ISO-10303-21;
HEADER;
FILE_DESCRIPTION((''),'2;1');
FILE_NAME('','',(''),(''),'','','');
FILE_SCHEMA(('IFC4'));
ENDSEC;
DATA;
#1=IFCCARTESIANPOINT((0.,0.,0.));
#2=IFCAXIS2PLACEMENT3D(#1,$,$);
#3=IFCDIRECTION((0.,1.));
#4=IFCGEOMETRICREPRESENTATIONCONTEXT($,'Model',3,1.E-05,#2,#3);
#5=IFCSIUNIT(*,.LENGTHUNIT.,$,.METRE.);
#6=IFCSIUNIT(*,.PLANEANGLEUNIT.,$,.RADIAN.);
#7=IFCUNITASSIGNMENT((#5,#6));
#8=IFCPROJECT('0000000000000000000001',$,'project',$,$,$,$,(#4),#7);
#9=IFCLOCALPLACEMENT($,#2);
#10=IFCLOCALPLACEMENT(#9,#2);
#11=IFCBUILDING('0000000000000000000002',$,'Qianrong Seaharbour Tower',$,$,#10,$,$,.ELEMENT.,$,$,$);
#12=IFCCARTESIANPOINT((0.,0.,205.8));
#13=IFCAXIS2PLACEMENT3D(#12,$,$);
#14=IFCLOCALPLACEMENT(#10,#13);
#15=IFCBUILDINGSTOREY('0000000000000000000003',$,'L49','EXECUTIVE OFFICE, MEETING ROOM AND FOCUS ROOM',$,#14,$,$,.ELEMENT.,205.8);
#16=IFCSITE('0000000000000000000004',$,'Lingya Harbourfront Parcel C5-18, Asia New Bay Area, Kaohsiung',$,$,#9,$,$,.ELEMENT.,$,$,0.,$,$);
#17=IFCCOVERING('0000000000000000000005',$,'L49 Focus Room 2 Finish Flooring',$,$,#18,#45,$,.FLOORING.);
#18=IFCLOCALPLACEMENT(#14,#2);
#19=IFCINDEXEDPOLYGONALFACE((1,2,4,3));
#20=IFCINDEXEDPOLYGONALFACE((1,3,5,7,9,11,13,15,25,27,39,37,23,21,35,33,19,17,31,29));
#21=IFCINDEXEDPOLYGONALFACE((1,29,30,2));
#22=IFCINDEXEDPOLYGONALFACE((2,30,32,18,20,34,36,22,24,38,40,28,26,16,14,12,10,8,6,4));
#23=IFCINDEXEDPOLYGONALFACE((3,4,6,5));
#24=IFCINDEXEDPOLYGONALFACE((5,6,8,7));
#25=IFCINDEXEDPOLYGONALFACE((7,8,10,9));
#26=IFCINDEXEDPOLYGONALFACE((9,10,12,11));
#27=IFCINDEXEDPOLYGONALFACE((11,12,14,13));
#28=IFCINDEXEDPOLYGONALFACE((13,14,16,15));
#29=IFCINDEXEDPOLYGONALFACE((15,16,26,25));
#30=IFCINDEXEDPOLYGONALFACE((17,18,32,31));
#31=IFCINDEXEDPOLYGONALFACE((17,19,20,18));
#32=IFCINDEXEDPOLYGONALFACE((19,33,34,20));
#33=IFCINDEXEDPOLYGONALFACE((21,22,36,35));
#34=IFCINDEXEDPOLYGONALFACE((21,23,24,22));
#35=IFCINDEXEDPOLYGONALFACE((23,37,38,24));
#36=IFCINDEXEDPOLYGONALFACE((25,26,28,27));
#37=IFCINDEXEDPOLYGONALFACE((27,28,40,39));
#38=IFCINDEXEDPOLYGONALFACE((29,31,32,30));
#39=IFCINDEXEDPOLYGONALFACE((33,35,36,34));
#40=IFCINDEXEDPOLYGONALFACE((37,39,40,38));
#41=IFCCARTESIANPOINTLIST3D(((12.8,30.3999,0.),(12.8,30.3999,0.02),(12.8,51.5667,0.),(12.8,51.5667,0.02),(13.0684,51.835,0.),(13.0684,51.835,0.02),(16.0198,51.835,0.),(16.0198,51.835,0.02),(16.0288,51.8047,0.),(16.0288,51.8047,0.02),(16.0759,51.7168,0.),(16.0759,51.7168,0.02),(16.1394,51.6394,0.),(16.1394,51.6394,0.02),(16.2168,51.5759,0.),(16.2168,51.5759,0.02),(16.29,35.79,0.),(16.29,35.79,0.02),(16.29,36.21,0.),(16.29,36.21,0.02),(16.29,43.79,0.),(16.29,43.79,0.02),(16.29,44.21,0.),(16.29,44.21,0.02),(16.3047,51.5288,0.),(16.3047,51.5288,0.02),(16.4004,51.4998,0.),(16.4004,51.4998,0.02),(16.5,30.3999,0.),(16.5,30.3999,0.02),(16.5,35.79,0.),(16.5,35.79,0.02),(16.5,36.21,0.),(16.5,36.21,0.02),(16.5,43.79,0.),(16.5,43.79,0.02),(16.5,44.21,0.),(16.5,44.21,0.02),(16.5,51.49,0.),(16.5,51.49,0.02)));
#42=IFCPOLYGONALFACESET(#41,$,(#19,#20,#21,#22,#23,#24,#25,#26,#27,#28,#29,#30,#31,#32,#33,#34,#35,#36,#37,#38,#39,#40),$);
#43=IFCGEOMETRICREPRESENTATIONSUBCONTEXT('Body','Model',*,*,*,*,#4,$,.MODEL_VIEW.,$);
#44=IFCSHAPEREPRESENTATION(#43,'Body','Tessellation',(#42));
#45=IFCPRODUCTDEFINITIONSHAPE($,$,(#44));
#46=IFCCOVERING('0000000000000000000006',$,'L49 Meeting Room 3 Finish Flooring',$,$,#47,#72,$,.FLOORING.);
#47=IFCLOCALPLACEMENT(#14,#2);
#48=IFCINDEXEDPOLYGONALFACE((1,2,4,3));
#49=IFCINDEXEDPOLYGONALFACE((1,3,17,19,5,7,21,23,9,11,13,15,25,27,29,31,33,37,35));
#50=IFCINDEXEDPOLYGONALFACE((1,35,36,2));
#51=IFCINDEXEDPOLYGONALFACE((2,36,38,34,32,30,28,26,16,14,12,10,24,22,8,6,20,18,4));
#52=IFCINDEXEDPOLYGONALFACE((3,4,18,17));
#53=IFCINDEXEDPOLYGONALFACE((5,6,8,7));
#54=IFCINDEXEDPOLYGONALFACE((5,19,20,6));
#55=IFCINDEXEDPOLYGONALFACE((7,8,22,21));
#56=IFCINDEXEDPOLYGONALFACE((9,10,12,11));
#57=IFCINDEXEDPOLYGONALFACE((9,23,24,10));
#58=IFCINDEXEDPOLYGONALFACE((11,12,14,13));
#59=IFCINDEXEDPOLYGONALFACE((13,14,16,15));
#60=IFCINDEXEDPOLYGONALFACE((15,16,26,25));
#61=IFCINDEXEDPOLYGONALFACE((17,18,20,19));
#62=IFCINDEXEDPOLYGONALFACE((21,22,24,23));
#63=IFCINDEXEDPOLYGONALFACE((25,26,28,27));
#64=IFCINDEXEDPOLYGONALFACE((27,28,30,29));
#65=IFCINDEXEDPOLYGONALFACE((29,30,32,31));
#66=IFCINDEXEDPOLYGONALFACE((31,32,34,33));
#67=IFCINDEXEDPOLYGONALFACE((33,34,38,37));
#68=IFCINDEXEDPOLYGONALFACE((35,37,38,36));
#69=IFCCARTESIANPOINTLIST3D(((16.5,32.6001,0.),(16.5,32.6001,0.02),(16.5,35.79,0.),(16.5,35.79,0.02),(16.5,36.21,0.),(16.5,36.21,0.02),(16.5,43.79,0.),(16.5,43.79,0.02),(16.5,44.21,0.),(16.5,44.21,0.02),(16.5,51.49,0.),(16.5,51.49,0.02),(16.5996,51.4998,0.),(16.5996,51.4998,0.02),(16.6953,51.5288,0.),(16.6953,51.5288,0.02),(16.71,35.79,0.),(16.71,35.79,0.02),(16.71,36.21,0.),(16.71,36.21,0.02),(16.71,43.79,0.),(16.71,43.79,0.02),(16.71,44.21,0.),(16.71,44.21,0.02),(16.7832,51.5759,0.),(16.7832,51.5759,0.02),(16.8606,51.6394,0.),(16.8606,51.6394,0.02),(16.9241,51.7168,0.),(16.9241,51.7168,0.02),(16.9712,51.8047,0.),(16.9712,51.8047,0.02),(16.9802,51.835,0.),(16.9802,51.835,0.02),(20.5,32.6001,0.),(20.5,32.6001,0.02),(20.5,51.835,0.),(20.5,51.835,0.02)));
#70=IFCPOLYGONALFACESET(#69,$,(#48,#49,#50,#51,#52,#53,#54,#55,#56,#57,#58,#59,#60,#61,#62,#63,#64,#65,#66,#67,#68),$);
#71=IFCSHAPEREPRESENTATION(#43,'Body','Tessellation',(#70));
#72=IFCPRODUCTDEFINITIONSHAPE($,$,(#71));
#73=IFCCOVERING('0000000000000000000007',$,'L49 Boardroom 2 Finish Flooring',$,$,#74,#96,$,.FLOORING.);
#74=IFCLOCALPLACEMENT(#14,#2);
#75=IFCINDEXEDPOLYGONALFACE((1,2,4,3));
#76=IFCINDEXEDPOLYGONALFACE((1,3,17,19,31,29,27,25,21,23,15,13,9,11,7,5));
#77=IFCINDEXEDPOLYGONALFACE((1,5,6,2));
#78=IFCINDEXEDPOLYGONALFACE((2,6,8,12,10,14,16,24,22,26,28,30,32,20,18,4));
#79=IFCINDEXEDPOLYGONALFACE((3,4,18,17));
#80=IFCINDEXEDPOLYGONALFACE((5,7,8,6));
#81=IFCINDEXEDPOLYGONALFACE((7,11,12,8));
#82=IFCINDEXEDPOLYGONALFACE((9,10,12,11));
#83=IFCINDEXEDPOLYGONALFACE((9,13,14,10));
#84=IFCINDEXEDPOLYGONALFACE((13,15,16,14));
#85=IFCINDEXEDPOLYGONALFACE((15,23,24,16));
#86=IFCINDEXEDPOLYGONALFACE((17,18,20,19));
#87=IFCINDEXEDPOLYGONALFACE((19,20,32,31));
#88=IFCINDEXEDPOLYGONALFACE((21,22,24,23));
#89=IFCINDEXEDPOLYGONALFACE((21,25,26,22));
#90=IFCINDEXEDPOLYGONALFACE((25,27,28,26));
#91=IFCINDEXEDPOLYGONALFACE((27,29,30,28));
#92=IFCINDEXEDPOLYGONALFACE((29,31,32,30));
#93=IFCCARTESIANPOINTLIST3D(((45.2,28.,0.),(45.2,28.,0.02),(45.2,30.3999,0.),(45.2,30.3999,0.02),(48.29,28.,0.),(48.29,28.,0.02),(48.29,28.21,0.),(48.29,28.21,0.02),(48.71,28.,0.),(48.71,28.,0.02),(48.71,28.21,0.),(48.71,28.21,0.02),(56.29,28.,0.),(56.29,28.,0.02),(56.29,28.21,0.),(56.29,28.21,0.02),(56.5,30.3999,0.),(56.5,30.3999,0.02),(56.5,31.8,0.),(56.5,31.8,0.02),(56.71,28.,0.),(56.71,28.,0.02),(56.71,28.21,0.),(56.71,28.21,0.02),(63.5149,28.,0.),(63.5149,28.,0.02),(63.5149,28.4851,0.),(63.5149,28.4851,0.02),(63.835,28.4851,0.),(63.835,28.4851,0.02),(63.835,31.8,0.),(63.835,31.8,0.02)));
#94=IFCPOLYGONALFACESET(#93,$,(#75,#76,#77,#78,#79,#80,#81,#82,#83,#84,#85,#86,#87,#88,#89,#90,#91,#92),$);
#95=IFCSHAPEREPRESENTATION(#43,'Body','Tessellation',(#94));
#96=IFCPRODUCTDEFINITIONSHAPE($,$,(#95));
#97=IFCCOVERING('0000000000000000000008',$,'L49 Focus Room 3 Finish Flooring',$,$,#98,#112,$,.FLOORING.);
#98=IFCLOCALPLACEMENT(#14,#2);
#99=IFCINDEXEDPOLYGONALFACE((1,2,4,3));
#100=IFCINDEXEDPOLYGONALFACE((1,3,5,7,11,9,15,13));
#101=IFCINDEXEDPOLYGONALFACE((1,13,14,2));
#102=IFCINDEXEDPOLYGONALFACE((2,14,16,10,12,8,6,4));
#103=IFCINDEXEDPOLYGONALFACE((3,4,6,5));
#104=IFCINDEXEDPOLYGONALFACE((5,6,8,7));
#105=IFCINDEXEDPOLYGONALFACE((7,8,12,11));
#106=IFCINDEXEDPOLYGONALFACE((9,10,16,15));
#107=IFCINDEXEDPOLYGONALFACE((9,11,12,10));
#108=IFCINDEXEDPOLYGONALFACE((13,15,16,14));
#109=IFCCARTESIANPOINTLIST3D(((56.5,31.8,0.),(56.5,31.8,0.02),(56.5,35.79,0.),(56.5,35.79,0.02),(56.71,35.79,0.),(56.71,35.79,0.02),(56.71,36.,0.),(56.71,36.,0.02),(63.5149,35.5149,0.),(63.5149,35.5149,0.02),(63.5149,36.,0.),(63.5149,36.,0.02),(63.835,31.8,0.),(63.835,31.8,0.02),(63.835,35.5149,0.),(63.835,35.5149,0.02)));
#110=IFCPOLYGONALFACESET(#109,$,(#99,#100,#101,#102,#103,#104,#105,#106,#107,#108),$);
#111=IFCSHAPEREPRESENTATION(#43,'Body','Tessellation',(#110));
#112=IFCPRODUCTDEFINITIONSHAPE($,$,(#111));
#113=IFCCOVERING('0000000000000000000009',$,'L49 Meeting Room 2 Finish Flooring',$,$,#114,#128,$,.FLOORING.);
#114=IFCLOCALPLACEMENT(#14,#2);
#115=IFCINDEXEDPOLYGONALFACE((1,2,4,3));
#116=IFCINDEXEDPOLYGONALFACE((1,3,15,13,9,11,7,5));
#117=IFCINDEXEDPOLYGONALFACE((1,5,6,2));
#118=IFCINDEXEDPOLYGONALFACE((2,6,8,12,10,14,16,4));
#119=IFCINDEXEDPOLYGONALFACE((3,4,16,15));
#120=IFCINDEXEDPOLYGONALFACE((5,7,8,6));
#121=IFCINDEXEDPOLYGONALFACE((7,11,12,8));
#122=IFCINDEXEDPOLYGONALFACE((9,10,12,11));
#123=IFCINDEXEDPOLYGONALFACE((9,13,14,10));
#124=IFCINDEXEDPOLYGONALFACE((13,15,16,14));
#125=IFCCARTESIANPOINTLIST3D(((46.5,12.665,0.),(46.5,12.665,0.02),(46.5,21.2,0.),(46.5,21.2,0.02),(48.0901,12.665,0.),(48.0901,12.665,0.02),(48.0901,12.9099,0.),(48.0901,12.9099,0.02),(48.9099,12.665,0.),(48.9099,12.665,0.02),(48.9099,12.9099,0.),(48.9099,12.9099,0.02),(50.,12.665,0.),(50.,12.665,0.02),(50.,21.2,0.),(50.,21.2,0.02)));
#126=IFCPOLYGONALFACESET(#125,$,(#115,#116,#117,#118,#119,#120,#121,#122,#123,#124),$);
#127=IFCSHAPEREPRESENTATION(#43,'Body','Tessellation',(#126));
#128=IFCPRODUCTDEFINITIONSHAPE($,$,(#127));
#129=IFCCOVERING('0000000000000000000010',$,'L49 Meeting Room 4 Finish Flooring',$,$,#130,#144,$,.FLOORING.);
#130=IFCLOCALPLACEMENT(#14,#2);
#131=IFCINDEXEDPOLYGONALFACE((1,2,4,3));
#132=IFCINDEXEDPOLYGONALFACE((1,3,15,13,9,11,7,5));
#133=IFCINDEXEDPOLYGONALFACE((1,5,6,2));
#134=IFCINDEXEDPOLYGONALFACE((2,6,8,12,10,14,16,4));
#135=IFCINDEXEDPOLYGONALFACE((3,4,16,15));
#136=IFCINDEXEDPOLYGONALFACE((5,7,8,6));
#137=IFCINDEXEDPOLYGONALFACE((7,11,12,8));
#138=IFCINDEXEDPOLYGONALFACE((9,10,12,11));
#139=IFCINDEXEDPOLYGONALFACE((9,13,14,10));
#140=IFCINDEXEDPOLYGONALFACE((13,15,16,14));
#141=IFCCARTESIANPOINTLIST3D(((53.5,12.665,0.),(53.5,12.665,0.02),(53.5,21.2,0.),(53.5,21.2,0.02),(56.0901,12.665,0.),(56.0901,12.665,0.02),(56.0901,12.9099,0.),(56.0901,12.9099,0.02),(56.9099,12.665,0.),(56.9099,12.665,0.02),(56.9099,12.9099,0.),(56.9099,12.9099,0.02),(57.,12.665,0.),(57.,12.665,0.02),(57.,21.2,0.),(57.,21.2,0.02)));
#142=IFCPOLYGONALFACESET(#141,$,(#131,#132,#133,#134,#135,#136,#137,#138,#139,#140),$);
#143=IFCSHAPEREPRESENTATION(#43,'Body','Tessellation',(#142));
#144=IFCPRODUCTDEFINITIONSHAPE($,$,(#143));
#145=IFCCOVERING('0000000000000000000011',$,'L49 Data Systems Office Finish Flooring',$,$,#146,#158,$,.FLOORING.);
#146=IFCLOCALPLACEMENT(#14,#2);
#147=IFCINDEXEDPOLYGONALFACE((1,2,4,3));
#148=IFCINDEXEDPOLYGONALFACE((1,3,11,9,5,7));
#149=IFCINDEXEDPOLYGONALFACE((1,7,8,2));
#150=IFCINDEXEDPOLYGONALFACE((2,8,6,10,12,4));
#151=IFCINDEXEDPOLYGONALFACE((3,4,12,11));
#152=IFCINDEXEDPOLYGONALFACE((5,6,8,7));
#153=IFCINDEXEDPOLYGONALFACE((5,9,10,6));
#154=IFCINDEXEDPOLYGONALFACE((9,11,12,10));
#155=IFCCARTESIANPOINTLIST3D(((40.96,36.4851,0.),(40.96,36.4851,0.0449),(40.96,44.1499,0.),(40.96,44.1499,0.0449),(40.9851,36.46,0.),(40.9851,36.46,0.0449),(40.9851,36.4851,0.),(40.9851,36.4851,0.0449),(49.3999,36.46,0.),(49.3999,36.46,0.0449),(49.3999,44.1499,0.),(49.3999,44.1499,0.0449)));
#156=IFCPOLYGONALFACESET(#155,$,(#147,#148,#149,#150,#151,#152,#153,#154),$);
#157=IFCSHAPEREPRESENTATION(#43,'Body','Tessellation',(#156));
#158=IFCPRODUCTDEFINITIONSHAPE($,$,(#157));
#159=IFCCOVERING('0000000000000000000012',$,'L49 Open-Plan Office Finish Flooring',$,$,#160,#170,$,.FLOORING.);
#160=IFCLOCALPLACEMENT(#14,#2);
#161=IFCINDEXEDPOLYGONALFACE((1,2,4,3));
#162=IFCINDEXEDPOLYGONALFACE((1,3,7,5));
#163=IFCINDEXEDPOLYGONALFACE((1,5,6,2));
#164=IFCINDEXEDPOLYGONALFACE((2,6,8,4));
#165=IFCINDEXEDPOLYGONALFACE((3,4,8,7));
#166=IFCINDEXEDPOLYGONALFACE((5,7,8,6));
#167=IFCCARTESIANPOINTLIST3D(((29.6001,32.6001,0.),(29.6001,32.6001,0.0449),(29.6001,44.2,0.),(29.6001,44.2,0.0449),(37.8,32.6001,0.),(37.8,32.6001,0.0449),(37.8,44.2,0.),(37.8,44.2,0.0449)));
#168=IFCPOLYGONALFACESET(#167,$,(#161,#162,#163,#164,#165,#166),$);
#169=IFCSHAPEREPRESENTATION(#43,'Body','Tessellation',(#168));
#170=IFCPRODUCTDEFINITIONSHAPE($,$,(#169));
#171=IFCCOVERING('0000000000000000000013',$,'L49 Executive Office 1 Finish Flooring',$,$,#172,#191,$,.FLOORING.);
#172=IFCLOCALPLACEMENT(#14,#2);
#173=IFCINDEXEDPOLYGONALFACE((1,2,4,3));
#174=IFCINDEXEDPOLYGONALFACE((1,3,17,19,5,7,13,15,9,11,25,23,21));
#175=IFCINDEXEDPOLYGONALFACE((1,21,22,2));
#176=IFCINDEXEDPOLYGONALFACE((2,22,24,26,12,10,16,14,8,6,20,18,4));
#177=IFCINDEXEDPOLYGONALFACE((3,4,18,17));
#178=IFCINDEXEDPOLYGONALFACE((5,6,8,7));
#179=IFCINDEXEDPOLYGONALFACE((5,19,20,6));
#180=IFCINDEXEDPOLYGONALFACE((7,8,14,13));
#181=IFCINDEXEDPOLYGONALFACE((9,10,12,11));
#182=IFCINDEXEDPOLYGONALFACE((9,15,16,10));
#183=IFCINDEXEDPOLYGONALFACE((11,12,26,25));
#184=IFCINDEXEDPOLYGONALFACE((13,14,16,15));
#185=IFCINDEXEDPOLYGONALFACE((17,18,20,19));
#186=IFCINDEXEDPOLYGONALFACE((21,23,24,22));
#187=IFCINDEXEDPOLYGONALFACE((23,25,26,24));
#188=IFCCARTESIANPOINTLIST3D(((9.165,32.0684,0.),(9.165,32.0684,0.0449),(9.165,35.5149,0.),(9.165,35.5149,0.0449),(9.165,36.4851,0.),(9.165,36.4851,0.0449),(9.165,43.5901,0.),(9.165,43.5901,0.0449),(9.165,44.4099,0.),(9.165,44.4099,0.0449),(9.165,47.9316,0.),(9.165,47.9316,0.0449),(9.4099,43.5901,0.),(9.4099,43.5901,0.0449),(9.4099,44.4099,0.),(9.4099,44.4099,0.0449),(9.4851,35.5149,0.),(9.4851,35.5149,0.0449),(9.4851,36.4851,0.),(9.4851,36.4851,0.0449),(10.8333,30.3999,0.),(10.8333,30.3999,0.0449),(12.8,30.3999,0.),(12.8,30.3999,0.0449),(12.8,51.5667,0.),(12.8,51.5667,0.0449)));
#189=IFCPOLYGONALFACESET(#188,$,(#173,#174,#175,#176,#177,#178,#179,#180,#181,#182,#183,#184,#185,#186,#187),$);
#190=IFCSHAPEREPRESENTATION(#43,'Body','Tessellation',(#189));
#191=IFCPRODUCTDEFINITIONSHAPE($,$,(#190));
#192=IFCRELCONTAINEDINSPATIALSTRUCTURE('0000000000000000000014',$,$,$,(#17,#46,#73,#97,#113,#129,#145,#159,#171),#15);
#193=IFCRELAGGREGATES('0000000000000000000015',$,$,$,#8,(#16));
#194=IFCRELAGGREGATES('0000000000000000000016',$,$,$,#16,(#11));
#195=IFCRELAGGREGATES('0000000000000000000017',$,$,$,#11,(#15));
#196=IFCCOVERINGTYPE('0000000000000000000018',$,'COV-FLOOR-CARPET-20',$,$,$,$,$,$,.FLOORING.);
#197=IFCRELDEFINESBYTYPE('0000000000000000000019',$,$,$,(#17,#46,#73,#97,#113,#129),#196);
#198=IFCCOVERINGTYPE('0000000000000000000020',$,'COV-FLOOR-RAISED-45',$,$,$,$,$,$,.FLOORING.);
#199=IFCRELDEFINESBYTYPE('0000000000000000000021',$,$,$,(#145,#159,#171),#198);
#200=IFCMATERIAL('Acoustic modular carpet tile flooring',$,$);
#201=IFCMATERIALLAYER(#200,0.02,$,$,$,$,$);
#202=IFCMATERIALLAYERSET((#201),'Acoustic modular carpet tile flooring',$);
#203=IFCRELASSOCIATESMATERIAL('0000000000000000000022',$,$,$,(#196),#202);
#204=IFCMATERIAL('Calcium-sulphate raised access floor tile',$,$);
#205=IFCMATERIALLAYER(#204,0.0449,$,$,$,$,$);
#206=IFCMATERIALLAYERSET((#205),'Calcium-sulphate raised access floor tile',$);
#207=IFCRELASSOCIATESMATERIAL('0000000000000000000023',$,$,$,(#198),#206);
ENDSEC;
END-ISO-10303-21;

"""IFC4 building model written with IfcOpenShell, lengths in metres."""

from ifc_helpers import new_model, si_unit, direction, frame, origin, place, context, subcontext, project, spatial, polyline, outline, extrude, material, layer, layer_set, type_object, element, save


model = new_model("IFC4")

# Units and contexts
model_context = context("Model", 3, precision=1e-05, world=origin(), true_north=direction((0.0, 1.0)))
body_context = subcontext(model_context, "Body", "Model", "MODEL_VIEW")
ifc_project = project(units=[si_unit("LENGTHUNIT", "METRE"), si_unit("PLANEANGLEUNIT", "RADIAN")], contexts=[model_context])

# Site, building, storey
site_placement = place(None, origin())
site = spatial("IfcSite", under=ifc_project, at=site_placement, Name="Lingya Harbourfront Parcel C5-18, Asia New Bay Area, Kaohsiung", CompositionType="ELEMENT", RefElevation=0.0)
building_placement = place(site_placement, origin())
building = spatial("IfcBuilding", under=site, at=building_placement, Name="Qianrong Seaharbour Tower", CompositionType="ELEMENT")
storey_placement = place(building_placement, frame((0.0, 0.0, 205.8)))
storey = spatial("IfcBuildingStorey", under=building, at=storey_placement, Name="L49", Description="EXECUTIVE OFFICE, MEETING ROOM AND FOCUS ROOM", CompositionType="ELEMENT", Elevation=205.8)

# Coverings
ifc_material_1 = material(Name="Acoustic modular carpet tile flooring")
ifc_layer_1 = layer(ifc_material_1, 0.02)
ifc_layer_set_1 = layer_set([ifc_layer_1], Name="Acoustic modular carpet tile flooring")
covering_type_1 = type_object("IfcCoveringType", Name="COV-FLOOR-CARPET-20", PredefinedType="FLOORING", material=ifc_layer_set_1)
covering_1_placement = place(storey_placement, origin())
element("IfcCovering", 1, at=covering_1_placement, inside=storey, type_object=covering_type_1, Name="L49 Focus Room 2 Finish Flooring", PredefinedType="FLOORING", context=body_context, shape_type="SweptSolid", body=[
    extrude(outline(polyline([(12.8, 51.5667), (13.0684, 51.835), (16.0198, 51.835), (16.0288, 51.8047), (16.0759, 51.7168), (16.1394, 51.6394), (16.2168, 51.5759), (16.3047, 51.5288), (16.4004, 51.4998), (16.5, 51.49), (16.5, 44.21), (16.29, 44.21), (16.29, 43.79), (16.5, 43.79), (16.5, 36.21), (16.29, 36.21), (16.29, 35.79), (16.5, 35.79), (16.5, 30.3999), (12.8, 30.3999), (12.8, 51.5667)])), origin(), (0.0, 0.0, 1.0), 0.02),
])
covering_2_placement = place(storey_placement, origin())
element("IfcCovering", 2, at=covering_2_placement, inside=storey, type_object=covering_type_1, Name="L49 Meeting Room 3 Finish Flooring", PredefinedType="FLOORING", context=body_context, shape_type="SweptSolid", body=[
    extrude(outline(polyline([(20.5, 51.835), (20.5, 32.6001), (16.5, 32.6001), (16.5, 35.79), (16.71, 35.79), (16.71, 36.21), (16.5, 36.21), (16.5, 43.79), (16.71, 43.79), (16.71, 44.21), (16.5, 44.21), (16.5, 51.49), (16.5996, 51.4998), (16.6953, 51.5288), (16.7832, 51.5759), (16.8606, 51.6394), (16.9241, 51.7168), (16.9712, 51.8047), (16.9802, 51.835), (20.5, 51.835)])), origin(), (0.0, 0.0, 1.0), 0.02),
])
covering_3_placement = place(storey_placement, origin())
element("IfcCovering", 3, at=covering_3_placement, inside=storey, type_object=covering_type_1, Name="L49 Boardroom 2 Finish Flooring", PredefinedType="FLOORING", context=body_context, shape_type="SweptSolid", body=[
    extrude(outline(polyline([(56.5, 30.3999), (56.5, 31.8), (63.835, 31.8), (63.835, 28.4851), (63.5149, 28.4851), (63.5149, 28.0), (56.71, 28.0), (56.71, 28.21), (56.29, 28.21), (56.29, 28.0), (48.71, 28.0), (48.71, 28.21), (48.29, 28.21), (48.29, 28.0), (45.2, 28.0), (45.2, 30.3999), (56.5, 30.3999)])), origin(), (0.0, 0.0, 1.0), 0.02),
])
covering_4_placement = place(storey_placement, origin())
element("IfcCovering", 4, at=covering_4_placement, inside=storey, type_object=covering_type_1, Name="L49 Focus Room 3 Finish Flooring", PredefinedType="FLOORING", context=body_context, shape_type="SweptSolid", body=[
    extrude(outline(polyline([(63.835, 31.8), (56.5, 31.8), (56.5, 35.79), (56.71, 35.79), (56.71, 36.0), (63.5149, 36.0), (63.5149, 35.5149), (63.835, 35.5149), (63.835, 31.8)])), origin(), (0.0, 0.0, 1.0), 0.02),
])
covering_5_placement = place(storey_placement, origin())
element("IfcCovering", 5, at=covering_5_placement, inside=storey, type_object=covering_type_1, Name="L49 Meeting Room 2 Finish Flooring", PredefinedType="FLOORING", context=body_context, shape_type="SweptSolid", body=[
    extrude(outline(polyline([(48.9099, 12.665), (48.9099, 12.9099), (48.0901, 12.9099), (48.0901, 12.665), (46.5, 12.665), (46.5, 21.2), (50.0, 21.2), (50.0, 12.665), (48.9099, 12.665)])), origin(), (0.0, 0.0, 1.0), 0.02),
])
covering_6_placement = place(storey_placement, origin())
element("IfcCovering", 6, at=covering_6_placement, inside=storey, type_object=covering_type_1, Name="L49 Meeting Room 4 Finish Flooring", PredefinedType="FLOORING", context=body_context, shape_type="SweptSolid", body=[
    extrude(outline(polyline([(56.9099, 12.665), (56.9099, 12.9099), (56.0901, 12.9099), (56.0901, 12.665), (53.5, 12.665), (53.5, 21.2), (57.0, 21.2), (57.0, 12.665), (56.9099, 12.665)])), origin(), (0.0, 0.0, 1.0), 0.02),
])
ifc_material_2 = material(Name="Calcium-sulphate raised access floor tile")
ifc_layer_2 = layer(ifc_material_2, 0.0449)
ifc_layer_set_2 = layer_set([ifc_layer_2], Name="Calcium-sulphate raised access floor tile")
covering_type_2 = type_object("IfcCoveringType", Name="COV-FLOOR-RAISED-45", PredefinedType="FLOORING", material=ifc_layer_set_2)
covering_7_placement = place(storey_placement, origin())
element("IfcCovering", 7, at=covering_7_placement, inside=storey, type_object=covering_type_2, Name="L49 Data Systems Office Finish Flooring", PredefinedType="FLOORING", context=body_context, shape_type="SweptSolid", body=[
    extrude(outline(polyline([(49.3999, 44.1499), (49.3999, 36.46), (40.9851, 36.46), (40.9851, 36.4851), (40.96, 36.4851), (40.96, 44.1499), (49.3999, 44.1499)])), origin(), (0.0, 0.0, 1.0), 0.0449),
])
covering_8_placement = place(storey_placement, origin())
element("IfcCovering", 8, at=covering_8_placement, inside=storey, type_object=covering_type_2, Name="L49 Open-Plan Office Finish Flooring", PredefinedType="FLOORING", context=body_context, shape_type="SweptSolid", body=[
    extrude(outline(polyline([(29.6001, 44.2), (37.8, 44.2), (37.8, 32.6001), (29.6001, 32.6001), (29.6001, 44.2)])), origin(), (0.0, 0.0, 1.0), 0.0449),
])
covering_9_placement = place(storey_placement, origin())
element("IfcCovering", 9, at=covering_9_placement, inside=storey, type_object=covering_type_2, Name="L49 Executive Office 1 Finish Flooring", PredefinedType="FLOORING", context=body_context, shape_type="SweptSolid", body=[
    extrude(outline(polyline([(9.165, 32.0684), (9.165, 35.5149), (9.4851, 35.5149), (9.4851, 36.4851), (9.165, 36.4851), (9.165, 43.5901), (9.4099, 43.5901), (9.4099, 44.4099), (9.165, 44.4099), (9.165, 47.9316), (12.8, 51.5667), (12.8, 30.3999), (10.8333, 30.3999), (9.165, 32.0684)])), origin(), (0.0, 0.0, 1.0), 0.0449),
])

save(model, "model.ifc")
